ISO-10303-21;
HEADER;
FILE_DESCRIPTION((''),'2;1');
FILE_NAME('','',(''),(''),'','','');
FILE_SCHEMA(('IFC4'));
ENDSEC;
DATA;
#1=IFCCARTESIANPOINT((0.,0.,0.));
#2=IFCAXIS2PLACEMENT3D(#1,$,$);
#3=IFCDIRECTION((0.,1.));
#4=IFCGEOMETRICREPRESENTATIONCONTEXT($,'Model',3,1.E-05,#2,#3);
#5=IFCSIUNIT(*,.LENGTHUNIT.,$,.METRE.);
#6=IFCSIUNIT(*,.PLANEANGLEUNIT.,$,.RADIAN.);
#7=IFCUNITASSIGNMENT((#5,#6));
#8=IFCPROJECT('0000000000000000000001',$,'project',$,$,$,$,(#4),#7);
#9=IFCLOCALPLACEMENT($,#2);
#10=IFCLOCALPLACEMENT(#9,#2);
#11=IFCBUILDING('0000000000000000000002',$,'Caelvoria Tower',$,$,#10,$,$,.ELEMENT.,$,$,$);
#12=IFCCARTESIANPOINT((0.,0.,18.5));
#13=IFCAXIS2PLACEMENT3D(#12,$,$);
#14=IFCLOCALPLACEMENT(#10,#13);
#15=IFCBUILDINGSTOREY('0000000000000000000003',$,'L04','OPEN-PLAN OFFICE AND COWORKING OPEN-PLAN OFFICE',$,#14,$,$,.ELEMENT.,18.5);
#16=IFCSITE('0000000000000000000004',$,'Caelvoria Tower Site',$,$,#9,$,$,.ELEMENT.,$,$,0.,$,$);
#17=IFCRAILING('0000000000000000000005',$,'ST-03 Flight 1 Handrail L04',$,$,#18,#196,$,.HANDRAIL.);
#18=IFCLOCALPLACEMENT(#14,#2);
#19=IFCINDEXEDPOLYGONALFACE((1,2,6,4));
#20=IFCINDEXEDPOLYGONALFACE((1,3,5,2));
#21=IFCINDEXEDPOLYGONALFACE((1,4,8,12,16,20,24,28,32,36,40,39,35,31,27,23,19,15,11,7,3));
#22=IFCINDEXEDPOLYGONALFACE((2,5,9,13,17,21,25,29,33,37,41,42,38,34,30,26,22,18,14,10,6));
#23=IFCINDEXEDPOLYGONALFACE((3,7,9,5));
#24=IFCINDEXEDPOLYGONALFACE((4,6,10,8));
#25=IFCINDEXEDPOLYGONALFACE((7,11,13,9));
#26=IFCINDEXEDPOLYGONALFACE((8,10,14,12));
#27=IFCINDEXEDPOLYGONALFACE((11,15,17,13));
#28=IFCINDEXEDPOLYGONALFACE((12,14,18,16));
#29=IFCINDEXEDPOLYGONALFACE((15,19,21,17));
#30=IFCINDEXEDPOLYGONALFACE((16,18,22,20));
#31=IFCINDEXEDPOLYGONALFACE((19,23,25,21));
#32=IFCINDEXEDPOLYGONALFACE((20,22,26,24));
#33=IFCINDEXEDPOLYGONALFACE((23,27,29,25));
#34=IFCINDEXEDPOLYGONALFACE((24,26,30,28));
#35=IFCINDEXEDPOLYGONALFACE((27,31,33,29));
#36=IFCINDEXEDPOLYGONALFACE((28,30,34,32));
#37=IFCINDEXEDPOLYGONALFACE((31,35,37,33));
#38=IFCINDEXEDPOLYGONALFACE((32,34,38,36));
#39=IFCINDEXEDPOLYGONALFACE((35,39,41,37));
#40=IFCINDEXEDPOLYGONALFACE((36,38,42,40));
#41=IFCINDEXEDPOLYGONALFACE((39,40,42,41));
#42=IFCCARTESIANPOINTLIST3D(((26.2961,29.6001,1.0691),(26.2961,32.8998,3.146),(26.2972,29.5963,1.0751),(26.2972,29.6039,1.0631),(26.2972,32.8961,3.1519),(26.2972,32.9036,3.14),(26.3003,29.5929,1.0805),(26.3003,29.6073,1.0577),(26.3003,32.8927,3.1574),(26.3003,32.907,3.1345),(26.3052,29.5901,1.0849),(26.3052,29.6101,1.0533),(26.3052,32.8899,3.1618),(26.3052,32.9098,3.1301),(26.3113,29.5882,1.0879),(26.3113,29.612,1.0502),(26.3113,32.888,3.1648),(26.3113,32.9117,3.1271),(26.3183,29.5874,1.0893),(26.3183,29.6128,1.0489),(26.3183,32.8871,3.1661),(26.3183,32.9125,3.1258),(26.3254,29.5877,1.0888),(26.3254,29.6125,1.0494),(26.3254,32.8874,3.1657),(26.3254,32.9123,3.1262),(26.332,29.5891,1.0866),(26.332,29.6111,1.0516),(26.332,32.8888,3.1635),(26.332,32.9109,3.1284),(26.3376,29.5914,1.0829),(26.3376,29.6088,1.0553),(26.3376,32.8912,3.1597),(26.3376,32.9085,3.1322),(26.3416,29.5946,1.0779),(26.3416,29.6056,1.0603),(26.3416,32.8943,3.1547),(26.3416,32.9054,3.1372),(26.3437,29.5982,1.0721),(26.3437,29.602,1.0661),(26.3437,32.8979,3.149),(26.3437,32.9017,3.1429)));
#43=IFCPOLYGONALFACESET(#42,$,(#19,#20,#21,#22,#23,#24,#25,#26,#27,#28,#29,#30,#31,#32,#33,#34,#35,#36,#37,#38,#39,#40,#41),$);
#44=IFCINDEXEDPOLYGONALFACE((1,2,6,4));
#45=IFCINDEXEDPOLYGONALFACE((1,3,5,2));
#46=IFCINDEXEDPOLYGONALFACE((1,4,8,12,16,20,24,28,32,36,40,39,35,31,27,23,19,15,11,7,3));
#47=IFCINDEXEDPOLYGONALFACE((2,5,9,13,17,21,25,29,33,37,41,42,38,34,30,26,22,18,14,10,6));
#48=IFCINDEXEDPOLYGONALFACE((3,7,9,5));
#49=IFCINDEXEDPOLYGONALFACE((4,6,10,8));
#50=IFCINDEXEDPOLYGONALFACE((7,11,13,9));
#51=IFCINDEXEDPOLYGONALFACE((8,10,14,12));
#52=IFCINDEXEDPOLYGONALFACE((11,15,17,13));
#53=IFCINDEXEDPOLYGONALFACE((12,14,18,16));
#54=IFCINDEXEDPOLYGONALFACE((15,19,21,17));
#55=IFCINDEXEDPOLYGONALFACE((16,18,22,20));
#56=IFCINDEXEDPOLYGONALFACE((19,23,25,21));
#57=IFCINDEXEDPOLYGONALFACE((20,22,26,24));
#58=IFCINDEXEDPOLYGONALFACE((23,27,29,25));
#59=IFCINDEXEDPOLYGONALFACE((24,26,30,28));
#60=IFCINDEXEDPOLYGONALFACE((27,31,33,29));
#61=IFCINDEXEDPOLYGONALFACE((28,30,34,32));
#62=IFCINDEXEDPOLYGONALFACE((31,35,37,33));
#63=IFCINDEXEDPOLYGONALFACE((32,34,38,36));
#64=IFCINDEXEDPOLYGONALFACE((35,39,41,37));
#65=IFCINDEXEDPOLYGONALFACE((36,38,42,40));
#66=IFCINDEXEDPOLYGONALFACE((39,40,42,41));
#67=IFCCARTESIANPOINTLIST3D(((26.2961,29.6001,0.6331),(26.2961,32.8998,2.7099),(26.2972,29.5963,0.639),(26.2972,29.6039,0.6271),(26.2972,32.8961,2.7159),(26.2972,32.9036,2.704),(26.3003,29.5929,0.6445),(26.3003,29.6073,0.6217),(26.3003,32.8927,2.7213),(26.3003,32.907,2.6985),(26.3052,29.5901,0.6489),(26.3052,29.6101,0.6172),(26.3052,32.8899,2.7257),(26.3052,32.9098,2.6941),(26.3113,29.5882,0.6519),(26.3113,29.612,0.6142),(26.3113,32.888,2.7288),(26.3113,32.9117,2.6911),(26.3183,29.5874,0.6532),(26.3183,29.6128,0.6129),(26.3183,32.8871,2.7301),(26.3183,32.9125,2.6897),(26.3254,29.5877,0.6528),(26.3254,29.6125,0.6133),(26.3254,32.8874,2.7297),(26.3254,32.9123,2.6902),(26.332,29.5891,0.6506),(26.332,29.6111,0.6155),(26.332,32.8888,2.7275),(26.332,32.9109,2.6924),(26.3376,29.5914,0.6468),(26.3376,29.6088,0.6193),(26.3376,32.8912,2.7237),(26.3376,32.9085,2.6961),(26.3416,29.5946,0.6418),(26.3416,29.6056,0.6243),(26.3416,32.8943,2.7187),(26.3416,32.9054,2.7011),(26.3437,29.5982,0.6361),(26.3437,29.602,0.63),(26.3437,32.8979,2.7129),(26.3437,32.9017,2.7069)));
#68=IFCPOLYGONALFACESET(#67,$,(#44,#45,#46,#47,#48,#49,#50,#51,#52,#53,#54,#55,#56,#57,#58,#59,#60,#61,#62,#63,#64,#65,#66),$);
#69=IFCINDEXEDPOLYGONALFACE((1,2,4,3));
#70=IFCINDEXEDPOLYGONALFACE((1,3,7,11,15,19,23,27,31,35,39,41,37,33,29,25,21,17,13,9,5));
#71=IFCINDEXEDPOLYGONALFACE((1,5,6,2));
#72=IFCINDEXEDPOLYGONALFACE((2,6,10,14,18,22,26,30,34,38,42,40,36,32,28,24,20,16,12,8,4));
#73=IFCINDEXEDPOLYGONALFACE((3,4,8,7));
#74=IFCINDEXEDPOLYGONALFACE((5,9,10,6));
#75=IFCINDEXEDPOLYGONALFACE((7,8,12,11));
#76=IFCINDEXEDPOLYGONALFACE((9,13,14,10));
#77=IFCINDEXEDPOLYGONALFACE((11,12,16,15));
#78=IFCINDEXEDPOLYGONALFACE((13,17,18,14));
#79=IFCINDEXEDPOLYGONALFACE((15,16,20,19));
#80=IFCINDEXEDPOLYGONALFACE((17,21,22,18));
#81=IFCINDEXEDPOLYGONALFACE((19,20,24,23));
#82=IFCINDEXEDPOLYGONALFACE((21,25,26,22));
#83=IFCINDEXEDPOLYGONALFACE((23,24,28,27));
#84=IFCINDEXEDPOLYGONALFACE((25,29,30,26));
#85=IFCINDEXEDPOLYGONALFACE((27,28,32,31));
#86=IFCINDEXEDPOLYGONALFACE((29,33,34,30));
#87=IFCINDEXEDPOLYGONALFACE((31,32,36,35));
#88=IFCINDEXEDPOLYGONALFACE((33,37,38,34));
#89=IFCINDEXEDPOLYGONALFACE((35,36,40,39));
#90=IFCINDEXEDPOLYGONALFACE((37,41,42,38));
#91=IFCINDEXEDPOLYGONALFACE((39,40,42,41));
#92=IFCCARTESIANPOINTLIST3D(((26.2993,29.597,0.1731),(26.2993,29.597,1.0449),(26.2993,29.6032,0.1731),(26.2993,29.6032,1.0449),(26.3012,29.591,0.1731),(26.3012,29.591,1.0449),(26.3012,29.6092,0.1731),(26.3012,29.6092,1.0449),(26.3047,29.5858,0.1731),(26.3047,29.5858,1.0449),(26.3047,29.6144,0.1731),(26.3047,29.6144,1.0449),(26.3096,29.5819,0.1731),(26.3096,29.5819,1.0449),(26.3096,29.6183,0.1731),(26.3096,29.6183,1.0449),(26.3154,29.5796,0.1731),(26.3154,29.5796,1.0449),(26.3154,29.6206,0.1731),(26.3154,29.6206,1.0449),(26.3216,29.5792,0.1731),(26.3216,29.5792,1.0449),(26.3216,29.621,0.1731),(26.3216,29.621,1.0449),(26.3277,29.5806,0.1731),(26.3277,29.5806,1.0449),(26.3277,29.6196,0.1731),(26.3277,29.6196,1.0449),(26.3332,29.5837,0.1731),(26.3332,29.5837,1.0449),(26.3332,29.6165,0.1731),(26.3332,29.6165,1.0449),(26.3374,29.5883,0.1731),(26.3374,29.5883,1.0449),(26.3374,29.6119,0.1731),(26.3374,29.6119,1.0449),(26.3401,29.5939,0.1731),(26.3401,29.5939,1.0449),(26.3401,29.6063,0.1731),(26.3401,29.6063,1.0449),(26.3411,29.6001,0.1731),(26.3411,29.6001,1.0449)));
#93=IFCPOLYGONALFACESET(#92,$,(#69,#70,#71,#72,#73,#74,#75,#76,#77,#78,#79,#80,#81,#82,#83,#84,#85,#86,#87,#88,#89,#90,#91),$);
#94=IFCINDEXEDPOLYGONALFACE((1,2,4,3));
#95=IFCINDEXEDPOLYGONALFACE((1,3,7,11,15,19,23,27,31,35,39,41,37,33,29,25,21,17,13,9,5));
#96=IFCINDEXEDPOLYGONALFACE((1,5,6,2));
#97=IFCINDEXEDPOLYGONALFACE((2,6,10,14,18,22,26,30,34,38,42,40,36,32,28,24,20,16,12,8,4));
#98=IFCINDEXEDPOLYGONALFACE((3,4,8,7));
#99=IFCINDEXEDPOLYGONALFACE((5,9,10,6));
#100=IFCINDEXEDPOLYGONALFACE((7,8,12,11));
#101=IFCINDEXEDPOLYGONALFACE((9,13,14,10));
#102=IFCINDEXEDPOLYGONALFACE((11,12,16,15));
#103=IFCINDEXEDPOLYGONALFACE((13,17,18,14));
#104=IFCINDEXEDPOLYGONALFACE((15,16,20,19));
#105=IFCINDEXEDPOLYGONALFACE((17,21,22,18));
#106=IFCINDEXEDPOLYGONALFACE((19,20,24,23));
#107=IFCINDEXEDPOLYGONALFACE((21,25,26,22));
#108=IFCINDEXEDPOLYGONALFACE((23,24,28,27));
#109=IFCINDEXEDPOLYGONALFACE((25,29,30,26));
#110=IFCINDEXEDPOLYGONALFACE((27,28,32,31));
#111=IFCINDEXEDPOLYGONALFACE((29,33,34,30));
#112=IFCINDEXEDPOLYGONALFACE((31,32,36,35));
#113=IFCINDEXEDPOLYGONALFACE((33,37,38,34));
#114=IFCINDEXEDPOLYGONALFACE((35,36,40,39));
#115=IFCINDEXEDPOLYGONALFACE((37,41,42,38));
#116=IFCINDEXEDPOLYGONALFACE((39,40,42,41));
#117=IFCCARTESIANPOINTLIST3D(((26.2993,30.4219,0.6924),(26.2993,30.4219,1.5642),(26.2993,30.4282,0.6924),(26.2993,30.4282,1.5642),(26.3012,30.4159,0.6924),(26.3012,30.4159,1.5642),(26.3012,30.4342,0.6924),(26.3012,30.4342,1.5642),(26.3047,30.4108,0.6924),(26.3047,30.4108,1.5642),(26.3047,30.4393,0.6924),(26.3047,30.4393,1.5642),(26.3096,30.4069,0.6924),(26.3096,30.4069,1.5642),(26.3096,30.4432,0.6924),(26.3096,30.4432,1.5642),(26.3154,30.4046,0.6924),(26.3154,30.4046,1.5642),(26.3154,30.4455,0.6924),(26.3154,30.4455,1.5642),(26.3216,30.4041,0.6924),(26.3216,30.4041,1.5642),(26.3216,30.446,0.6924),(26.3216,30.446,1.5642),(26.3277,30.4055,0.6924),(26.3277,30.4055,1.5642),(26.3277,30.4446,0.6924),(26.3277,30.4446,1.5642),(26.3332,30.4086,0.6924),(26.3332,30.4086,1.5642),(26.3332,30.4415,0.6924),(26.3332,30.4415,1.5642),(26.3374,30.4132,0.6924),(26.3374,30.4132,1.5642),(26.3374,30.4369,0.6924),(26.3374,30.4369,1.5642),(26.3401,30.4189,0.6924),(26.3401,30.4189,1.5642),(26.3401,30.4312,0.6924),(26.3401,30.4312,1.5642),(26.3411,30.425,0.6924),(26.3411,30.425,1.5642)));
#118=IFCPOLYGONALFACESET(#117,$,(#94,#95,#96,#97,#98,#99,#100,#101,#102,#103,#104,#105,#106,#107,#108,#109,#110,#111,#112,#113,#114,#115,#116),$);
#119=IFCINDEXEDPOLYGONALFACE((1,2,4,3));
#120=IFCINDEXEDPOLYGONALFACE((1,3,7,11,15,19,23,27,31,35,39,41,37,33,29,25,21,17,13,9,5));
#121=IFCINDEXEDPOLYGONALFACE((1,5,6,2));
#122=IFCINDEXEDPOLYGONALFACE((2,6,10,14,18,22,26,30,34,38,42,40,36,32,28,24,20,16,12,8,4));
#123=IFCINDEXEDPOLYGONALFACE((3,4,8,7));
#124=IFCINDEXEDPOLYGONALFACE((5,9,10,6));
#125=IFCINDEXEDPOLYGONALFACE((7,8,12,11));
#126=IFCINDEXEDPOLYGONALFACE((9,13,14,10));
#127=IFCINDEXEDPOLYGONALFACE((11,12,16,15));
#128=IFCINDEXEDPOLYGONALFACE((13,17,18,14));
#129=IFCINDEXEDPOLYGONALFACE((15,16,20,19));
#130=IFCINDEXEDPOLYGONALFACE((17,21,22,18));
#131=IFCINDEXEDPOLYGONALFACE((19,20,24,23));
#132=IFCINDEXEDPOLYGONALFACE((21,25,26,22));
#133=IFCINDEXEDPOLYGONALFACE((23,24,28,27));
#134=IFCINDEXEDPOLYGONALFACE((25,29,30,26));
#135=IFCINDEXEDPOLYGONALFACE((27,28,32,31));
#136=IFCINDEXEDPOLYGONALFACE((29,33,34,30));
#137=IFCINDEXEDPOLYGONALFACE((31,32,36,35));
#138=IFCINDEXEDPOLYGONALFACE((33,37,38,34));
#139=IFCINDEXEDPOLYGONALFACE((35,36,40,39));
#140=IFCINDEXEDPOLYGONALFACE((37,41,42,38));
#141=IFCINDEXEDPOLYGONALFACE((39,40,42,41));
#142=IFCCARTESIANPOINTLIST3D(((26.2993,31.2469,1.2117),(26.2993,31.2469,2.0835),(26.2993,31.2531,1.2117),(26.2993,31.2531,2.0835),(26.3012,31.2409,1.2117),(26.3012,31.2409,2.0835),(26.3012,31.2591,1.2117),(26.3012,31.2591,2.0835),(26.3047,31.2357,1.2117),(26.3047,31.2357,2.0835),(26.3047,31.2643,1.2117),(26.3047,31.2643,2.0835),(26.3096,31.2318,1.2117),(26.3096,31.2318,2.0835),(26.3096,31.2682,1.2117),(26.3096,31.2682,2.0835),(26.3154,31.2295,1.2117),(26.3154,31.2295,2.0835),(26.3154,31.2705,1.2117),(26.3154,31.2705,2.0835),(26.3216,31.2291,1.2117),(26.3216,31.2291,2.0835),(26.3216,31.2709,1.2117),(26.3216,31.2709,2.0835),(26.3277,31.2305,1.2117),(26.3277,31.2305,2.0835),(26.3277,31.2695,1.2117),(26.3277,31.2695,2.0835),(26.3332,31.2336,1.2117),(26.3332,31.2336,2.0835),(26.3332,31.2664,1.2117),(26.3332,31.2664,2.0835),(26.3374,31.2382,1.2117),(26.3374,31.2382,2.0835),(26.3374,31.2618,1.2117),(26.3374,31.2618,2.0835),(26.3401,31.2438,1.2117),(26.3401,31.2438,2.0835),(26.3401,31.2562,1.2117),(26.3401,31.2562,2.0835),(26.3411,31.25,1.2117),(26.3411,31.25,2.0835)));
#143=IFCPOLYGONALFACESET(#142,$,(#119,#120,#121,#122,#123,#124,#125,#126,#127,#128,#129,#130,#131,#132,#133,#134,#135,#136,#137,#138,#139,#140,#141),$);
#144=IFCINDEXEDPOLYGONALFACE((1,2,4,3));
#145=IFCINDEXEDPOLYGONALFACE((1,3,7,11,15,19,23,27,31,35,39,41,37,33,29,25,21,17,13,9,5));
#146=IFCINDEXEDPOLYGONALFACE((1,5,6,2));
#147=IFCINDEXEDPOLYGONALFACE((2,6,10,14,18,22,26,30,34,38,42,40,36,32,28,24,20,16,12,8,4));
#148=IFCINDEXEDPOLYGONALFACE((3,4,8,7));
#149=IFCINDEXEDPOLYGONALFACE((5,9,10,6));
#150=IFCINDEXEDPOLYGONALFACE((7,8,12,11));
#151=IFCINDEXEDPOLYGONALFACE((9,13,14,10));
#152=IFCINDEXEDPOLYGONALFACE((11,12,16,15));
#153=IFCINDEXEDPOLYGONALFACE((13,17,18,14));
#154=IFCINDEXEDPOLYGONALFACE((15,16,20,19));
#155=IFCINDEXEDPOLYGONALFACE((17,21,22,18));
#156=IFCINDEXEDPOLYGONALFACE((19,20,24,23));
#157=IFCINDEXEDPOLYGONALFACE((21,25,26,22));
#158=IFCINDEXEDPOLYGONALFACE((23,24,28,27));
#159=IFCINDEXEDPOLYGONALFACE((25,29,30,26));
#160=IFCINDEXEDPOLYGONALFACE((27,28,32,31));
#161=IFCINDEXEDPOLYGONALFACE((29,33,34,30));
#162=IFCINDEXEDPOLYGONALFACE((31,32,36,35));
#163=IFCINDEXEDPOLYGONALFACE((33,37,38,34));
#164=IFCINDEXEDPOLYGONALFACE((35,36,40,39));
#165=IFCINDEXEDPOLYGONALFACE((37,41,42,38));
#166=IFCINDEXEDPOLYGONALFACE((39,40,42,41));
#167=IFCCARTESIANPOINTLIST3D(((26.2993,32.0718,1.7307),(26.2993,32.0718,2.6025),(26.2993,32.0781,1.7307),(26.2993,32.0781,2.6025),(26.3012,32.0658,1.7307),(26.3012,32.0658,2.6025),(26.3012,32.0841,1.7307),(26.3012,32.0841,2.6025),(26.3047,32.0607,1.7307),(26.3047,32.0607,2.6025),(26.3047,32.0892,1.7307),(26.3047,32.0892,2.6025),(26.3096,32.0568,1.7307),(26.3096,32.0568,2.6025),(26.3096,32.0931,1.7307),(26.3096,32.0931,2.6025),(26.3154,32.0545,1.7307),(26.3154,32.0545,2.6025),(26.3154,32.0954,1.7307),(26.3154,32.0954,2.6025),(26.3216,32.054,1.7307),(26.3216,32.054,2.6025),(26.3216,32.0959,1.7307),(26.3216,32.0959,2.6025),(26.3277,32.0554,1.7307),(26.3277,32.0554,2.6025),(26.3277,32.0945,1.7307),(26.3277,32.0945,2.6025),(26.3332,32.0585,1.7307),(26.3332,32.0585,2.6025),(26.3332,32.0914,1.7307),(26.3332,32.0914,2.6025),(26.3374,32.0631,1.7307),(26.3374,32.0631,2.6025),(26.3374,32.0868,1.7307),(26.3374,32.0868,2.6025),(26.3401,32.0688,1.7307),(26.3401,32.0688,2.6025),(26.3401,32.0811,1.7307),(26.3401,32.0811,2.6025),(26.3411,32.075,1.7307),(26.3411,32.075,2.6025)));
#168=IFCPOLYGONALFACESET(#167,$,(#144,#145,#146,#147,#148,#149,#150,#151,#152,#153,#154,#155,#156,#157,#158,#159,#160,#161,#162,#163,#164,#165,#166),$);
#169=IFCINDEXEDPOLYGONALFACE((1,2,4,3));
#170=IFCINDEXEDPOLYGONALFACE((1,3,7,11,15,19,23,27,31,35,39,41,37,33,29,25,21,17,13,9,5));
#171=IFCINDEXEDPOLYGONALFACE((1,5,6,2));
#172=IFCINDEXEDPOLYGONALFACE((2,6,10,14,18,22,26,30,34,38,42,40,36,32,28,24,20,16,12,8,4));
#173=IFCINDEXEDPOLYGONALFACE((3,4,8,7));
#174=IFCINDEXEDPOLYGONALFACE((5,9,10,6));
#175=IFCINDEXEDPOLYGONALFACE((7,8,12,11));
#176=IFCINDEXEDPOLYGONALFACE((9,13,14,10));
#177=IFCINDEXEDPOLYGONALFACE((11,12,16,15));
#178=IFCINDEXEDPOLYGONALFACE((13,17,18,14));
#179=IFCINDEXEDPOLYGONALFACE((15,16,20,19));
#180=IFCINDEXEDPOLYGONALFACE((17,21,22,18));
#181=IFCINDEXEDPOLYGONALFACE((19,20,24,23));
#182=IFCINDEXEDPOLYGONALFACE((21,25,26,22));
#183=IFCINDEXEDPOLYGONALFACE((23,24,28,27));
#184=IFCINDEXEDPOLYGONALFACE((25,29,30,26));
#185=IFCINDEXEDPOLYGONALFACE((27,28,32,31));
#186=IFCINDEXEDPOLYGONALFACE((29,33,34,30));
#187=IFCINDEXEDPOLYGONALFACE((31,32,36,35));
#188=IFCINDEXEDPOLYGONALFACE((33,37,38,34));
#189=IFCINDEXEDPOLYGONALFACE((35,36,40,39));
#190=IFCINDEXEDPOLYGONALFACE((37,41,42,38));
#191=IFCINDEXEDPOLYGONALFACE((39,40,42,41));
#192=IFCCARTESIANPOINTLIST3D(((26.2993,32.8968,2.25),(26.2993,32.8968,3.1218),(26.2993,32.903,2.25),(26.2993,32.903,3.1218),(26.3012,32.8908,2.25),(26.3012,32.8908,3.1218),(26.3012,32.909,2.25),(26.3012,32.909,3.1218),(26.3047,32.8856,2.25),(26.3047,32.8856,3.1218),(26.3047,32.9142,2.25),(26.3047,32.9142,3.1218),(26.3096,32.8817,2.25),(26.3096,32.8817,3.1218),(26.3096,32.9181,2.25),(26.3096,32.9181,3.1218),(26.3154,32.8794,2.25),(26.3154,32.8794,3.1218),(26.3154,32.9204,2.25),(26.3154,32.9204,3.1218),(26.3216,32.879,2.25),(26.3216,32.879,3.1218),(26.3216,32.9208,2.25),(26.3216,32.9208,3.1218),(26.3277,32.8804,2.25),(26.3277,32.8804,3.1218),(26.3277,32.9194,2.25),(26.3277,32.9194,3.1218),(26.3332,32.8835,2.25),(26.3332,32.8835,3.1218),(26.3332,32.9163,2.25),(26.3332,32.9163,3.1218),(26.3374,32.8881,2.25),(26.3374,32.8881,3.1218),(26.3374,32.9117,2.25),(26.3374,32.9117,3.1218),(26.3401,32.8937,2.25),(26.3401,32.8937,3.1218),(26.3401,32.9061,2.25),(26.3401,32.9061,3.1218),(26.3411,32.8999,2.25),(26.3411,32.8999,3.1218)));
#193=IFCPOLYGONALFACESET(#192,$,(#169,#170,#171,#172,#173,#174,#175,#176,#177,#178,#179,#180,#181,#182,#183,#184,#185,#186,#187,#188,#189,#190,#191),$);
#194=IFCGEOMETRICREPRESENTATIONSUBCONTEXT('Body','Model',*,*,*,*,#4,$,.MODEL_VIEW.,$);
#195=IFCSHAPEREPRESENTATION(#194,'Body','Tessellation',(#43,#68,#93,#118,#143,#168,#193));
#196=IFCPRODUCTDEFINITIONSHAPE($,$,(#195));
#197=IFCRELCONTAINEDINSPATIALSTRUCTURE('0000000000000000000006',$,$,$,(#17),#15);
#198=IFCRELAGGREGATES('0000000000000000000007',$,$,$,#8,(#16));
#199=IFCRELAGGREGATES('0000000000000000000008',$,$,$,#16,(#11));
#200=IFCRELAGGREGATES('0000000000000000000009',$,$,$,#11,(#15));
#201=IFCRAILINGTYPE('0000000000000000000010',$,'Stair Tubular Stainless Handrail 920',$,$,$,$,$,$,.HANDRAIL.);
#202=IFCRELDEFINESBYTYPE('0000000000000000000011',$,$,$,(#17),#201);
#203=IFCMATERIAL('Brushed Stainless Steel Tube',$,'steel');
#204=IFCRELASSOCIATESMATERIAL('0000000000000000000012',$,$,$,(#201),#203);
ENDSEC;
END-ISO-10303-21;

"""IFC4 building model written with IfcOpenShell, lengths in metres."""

from ifc_helpers import new_model, si_unit, direction, frame, origin, origin_2d, place, context, subcontext, project, spatial, circle, extrude, material, type_object, element, save


model = new_model("IFC4")

# Units and contexts
model_context = context("Model", 3, precision=1e-05, world=origin(), true_north=direction((0.0, 1.0)))
body_context = subcontext(model_context, "Body", "Model", "MODEL_VIEW")
ifc_project = project(units=[si_unit("LENGTHUNIT", "METRE"), si_unit("PLANEANGLEUNIT", "RADIAN")], contexts=[model_context])

# Site, building, storey
site_placement = place(None, origin())
site = spatial("IfcSite", under=ifc_project, at=site_placement, Name="Caelvoria Tower Site", CompositionType="ELEMENT", RefElevation=0.0)
building_placement = place(site_placement, origin())
building = spatial("IfcBuilding", under=site, at=building_placement, Name="Caelvoria Tower", CompositionType="ELEMENT")
storey_placement = place(building_placement, frame((0.0, 0.0, 18.5)))
storey = spatial("IfcBuildingStorey", under=building, at=storey_placement, Name="L04", Description="OPEN-PLAN OFFICE AND COWORKING OPEN-PLAN OFFICE", CompositionType="ELEMENT", Elevation=18.5)

# Railing
ifc_material_1 = material(Name="Brushed Stainless Steel Tube", Category="steel")
railing_type_1 = type_object("IfcRailingType", Name="Stair Tubular Stainless Handrail 920", PredefinedType="HANDRAIL", material=ifc_material_1)
railing_1_placement = place(storey_placement, frame((26.3201, 29.6001, 0.1731)))
element("IfcRailing", 1, at=railing_1_placement, inside=storey, type_object=railing_type_1, Name="ST-03 Flight 1 Handrail L04", PredefinedType="HANDRAIL", context=body_context, shape_type="SweptSolid", body=[
    extrude(circle(Radius=0.0239, at=origin_2d()), frame((0.0, 0.0, 0.896), z_axis=(0.0, 0.84632, 0.532675), x_axis=(-1.0, 0.0, 0.0)), (0.0, 0.0, 1.0), 3.8989),
    extrude(circle(Radius=0.0239, at=origin_2d()), frame((0.0, 0.0, 0.46), z_axis=(0.0, 0.84632, 0.532675), x_axis=(-1.0, 0.0, 0.0)), (0.0, 0.0, 1.0), 3.8989),
    extrude(circle(Radius=0.021, at=origin_2d()), origin(), (0.0, 0.0, 1.0), 0.8718),
    extrude(circle(Radius=0.021, at=origin_2d()), frame((0.0, 0.825, 0.5193)), (0.0, 0.0, 1.0), 0.8718),
    extrude(circle(Radius=0.021, at=origin_2d()), frame((0.0, 1.6499, 1.0386)), (0.0, 0.0, 1.0), 0.8718),
    extrude(circle(Radius=0.021, at=origin_2d()), frame((0.0, 2.4749, 1.5576)), (0.0, 0.0, 1.0), 0.8718),
    extrude(circle(Radius=0.021, at=origin_2d()), frame((0.0, 3.2998, 2.0769)), (0.0, 0.0, 1.0), 0.8718),
])

save(model, "model.ifc")
